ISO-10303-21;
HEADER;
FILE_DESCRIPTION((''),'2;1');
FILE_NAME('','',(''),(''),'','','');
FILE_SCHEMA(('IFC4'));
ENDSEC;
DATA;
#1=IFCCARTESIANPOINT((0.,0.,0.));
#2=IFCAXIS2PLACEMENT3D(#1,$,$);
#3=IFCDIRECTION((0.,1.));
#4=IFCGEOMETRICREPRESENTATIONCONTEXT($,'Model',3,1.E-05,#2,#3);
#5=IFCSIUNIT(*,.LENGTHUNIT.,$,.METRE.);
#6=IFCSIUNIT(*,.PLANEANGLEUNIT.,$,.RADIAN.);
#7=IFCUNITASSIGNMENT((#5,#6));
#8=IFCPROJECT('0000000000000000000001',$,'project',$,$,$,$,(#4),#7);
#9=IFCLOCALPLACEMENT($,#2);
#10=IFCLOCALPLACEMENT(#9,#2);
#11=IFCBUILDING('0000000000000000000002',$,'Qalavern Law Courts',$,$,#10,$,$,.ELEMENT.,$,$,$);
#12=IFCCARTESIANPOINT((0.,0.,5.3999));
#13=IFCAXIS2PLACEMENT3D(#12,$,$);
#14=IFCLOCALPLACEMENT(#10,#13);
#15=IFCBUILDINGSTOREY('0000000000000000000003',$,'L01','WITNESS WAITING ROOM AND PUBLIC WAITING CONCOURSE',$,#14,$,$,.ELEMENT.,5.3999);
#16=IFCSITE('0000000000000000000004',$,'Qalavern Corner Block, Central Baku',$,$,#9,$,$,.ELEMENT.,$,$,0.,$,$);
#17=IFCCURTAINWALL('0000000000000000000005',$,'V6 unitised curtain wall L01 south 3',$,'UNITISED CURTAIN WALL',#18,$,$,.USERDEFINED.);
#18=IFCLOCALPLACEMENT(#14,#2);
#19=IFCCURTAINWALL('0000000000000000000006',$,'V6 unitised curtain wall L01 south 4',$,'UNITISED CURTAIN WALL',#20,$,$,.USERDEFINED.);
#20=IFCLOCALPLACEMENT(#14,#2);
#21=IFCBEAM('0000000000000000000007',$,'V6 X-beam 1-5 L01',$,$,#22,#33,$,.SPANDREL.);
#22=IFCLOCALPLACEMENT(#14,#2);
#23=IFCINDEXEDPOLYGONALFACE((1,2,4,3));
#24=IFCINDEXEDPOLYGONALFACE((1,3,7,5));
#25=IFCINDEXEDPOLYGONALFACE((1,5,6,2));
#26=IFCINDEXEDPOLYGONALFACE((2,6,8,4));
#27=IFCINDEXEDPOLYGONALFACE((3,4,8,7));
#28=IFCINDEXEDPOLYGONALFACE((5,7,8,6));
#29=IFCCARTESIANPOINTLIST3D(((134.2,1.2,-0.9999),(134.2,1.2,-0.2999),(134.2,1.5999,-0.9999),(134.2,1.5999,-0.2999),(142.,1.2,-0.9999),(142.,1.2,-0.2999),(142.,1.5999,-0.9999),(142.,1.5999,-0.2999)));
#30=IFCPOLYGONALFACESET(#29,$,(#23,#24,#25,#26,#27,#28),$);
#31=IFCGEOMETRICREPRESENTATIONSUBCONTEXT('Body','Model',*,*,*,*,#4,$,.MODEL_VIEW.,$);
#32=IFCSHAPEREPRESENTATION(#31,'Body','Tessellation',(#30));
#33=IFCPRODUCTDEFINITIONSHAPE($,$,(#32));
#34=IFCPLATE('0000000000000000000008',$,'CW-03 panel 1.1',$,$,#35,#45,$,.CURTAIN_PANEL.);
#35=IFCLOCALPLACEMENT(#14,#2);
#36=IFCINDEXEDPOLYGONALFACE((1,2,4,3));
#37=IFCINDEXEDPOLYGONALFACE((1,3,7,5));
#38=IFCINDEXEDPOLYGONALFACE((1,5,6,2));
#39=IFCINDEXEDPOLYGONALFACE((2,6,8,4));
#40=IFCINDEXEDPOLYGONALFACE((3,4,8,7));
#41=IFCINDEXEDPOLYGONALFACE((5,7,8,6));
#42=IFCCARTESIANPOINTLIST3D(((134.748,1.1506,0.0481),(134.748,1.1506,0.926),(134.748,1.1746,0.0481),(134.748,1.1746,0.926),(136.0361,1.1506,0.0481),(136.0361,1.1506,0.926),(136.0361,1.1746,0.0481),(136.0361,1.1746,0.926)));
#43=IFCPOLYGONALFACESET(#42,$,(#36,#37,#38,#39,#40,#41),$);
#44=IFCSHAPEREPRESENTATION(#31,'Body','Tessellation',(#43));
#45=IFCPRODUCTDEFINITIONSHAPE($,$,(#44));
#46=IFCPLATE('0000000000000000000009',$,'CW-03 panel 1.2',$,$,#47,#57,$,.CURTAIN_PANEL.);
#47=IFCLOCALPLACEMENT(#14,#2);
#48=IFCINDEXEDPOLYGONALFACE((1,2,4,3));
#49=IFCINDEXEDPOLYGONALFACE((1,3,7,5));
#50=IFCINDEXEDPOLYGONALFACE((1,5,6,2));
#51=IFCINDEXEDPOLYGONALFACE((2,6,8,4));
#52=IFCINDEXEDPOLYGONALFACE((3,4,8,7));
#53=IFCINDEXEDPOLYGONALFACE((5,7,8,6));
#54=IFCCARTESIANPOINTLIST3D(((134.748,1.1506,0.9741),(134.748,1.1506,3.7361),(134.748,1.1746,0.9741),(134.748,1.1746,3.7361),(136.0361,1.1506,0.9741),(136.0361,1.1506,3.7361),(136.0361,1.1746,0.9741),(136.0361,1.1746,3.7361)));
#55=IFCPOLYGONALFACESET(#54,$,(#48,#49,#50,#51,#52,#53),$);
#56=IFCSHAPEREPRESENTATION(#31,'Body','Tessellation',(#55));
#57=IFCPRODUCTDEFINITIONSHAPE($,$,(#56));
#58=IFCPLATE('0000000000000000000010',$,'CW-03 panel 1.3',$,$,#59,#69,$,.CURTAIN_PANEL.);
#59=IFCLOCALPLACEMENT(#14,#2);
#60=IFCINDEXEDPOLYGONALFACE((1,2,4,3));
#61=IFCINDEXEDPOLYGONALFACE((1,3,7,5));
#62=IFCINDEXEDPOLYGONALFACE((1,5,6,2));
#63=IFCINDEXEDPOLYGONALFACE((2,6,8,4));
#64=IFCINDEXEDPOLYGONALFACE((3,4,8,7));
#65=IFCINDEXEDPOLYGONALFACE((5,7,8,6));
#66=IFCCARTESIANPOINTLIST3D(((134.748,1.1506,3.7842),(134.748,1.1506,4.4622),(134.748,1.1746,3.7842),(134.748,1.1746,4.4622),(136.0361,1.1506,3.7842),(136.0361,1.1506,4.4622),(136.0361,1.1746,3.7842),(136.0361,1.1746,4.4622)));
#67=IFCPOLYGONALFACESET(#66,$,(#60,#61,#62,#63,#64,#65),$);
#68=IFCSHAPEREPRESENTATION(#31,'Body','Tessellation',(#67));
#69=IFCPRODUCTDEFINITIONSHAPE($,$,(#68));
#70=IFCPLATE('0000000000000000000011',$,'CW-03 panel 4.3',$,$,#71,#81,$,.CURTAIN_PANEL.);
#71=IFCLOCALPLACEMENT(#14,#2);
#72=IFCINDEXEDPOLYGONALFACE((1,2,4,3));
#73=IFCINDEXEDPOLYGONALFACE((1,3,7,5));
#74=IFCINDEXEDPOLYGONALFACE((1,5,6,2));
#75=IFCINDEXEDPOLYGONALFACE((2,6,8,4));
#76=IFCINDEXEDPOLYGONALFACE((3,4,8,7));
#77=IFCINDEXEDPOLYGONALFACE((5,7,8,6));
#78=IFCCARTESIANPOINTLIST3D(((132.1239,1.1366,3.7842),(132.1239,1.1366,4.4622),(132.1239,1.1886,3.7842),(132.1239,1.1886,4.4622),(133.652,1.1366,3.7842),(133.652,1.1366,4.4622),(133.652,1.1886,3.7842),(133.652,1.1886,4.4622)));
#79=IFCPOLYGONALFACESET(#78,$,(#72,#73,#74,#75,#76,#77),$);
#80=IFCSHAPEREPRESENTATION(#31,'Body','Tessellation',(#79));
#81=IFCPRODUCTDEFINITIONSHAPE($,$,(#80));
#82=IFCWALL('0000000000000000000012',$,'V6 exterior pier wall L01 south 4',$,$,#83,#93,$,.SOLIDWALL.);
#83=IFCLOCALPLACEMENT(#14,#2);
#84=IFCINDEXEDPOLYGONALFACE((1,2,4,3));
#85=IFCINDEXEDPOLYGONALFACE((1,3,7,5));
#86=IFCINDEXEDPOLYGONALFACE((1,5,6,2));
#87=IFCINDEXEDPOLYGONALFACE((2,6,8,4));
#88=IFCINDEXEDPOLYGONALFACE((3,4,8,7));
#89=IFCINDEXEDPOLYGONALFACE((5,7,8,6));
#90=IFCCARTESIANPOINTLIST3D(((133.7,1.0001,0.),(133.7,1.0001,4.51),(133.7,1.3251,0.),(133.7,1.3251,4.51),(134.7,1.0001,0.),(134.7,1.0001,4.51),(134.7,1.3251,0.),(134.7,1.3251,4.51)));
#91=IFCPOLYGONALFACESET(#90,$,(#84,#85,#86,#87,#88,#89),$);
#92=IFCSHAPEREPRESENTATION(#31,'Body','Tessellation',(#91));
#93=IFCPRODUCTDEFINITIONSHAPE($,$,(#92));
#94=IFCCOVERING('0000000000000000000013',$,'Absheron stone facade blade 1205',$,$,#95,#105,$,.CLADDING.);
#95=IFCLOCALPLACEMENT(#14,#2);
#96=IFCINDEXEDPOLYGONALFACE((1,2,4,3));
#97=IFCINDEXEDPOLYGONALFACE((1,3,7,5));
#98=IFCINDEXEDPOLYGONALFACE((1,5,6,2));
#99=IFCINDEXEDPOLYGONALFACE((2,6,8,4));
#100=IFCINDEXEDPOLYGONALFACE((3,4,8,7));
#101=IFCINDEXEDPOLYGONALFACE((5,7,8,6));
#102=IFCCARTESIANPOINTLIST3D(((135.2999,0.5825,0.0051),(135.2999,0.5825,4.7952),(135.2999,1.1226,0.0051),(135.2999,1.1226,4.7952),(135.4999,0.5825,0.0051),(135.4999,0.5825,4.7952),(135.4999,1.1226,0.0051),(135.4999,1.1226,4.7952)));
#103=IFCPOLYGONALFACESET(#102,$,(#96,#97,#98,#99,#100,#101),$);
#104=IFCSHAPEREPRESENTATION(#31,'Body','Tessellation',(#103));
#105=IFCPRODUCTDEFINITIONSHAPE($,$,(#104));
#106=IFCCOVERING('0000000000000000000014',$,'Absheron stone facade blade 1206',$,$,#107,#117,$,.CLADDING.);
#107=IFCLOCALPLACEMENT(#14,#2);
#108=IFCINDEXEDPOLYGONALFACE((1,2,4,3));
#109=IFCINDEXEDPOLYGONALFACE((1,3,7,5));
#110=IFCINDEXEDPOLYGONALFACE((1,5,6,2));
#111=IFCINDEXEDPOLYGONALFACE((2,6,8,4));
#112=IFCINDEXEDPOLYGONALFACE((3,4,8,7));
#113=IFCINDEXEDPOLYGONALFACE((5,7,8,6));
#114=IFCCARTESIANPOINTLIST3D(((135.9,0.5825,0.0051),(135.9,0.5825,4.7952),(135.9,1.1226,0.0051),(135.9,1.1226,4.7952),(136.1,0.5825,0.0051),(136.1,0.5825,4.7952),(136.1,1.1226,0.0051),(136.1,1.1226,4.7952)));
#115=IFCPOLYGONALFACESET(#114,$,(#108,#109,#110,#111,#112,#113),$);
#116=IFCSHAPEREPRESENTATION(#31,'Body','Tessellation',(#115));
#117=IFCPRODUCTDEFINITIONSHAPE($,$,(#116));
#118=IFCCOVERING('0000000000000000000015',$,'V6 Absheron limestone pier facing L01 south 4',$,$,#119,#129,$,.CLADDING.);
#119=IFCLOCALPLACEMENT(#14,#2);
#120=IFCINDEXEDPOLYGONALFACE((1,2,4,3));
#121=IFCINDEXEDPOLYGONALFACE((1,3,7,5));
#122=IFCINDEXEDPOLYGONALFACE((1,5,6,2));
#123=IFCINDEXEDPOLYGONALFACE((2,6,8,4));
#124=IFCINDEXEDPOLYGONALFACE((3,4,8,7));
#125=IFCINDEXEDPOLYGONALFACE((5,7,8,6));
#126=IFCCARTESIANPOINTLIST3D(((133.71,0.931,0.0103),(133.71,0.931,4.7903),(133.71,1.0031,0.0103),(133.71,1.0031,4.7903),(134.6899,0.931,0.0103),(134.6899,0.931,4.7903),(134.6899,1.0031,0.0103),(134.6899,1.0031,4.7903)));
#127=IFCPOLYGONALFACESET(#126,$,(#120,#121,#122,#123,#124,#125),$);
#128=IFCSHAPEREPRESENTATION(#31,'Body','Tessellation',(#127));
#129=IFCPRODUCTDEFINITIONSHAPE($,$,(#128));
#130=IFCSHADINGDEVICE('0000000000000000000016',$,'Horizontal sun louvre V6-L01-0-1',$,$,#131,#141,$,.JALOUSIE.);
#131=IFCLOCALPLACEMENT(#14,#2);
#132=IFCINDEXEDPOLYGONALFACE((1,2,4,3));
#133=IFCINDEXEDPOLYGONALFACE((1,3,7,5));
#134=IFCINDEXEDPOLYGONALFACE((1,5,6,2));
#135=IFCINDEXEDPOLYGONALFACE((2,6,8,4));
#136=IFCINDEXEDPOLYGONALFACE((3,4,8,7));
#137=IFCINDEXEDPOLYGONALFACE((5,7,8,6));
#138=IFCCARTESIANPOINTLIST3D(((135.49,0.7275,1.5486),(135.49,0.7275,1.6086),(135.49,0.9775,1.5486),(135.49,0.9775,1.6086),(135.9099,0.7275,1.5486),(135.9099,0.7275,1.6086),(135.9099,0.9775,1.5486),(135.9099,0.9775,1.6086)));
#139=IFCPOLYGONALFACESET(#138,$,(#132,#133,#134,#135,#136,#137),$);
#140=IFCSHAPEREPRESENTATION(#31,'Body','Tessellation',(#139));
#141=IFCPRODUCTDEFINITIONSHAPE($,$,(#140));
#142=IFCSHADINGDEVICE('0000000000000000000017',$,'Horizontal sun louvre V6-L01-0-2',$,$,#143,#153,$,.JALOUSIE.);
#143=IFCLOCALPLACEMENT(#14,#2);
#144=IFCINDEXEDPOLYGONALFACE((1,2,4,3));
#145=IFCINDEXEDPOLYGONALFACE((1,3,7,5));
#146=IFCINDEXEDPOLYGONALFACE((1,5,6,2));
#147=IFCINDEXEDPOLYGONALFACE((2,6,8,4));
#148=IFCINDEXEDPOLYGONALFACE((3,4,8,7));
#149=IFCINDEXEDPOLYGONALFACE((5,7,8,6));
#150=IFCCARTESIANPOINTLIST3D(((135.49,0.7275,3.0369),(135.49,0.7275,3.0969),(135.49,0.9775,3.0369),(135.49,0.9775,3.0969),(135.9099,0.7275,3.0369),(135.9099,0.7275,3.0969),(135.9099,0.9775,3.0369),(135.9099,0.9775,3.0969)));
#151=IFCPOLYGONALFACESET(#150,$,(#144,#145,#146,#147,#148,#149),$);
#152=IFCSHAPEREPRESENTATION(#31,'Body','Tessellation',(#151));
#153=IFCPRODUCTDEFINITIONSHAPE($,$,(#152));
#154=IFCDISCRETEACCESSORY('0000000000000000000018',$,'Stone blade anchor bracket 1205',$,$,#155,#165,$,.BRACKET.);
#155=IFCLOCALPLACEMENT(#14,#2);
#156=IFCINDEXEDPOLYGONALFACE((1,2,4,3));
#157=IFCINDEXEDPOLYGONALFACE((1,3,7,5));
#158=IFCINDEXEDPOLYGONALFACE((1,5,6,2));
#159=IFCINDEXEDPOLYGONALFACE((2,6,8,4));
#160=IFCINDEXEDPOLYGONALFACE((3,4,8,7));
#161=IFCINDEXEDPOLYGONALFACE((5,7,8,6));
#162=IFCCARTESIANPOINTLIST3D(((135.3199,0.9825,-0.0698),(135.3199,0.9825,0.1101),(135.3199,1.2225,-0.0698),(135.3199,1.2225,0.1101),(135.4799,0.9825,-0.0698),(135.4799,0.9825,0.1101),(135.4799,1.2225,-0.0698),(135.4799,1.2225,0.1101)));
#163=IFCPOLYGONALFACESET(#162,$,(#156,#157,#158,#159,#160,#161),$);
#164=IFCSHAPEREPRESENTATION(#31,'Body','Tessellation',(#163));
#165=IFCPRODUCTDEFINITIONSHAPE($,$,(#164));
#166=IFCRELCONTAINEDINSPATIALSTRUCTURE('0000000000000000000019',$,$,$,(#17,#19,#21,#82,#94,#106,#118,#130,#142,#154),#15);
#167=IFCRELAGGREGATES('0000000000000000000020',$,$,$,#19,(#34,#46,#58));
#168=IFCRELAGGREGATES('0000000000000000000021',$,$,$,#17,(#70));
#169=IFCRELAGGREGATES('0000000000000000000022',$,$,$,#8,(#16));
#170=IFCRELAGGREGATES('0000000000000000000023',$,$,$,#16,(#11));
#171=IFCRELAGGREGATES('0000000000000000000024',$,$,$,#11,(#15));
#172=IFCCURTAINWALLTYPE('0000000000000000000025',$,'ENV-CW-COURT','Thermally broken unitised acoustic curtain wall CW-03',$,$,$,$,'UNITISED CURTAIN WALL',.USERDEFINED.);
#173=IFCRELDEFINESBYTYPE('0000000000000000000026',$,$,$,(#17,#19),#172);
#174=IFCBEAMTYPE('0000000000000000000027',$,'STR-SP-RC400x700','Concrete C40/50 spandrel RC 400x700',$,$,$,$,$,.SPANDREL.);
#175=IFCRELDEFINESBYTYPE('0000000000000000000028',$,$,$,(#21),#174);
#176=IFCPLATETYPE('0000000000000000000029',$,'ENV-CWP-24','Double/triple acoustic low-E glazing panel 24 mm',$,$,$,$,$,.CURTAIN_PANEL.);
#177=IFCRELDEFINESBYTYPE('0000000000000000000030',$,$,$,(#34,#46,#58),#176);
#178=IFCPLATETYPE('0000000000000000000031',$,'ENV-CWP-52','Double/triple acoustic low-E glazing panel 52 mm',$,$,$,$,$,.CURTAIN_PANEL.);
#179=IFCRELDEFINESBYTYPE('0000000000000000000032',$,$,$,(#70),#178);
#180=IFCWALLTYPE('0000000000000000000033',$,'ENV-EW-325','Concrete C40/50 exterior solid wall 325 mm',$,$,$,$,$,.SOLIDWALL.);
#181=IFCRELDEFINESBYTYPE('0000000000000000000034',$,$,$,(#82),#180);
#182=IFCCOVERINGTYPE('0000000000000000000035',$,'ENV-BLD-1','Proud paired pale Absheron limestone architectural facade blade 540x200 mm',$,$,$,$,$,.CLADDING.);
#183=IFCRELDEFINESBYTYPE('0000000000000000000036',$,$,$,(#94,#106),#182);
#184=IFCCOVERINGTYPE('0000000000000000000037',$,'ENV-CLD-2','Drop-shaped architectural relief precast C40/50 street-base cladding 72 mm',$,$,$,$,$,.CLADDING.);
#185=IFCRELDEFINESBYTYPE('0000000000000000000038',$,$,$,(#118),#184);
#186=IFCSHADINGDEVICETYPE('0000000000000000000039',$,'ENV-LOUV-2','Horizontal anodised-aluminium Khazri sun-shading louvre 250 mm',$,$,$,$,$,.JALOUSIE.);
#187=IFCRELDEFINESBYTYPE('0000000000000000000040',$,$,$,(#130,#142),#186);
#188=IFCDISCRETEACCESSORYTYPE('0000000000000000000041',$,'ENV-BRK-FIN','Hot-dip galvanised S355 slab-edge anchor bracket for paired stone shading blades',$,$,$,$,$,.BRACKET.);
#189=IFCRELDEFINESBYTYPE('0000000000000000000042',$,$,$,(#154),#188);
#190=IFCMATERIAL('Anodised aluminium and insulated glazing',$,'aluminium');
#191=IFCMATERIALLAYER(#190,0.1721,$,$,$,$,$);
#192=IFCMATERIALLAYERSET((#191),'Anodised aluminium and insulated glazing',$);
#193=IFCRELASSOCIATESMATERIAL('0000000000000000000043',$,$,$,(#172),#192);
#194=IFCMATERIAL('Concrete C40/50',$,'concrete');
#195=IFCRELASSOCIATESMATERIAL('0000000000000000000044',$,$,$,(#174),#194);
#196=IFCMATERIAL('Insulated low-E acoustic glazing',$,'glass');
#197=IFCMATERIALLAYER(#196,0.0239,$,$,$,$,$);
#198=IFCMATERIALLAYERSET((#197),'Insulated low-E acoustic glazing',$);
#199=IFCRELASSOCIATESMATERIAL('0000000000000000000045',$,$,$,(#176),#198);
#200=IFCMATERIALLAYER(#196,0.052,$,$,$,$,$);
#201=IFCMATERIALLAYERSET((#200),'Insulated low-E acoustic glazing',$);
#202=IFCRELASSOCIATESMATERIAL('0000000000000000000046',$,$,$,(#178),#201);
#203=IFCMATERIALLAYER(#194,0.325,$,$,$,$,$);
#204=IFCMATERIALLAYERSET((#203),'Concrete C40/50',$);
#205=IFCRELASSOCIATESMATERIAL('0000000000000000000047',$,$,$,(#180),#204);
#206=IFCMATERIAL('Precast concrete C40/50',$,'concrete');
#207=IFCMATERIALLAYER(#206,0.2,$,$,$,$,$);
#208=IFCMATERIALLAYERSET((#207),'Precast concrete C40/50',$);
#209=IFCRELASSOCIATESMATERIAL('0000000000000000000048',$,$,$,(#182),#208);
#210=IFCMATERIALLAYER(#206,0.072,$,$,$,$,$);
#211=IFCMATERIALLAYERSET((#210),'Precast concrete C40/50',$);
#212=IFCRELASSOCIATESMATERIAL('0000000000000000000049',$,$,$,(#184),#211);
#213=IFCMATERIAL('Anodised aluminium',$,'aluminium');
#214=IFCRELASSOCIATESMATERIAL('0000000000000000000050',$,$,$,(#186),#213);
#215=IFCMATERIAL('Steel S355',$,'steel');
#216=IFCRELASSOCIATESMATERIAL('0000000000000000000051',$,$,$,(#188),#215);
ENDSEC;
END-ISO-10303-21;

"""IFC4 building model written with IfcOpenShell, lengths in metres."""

from ifc_helpers import new_model, si_unit, direction, frame, frame_2d, origin, origin_2d, place, context, subcontext, project, spatial, rectangle, extrude, material, layer, layer_set, material_profile, profile_set, type_object, element, aggregate, save


model = new_model("IFC4")

# Units and contexts
model_context = context("Model", 3, precision=1e-05, world=origin(), true_north=direction((0.0, 1.0)))
body_context = subcontext(model_context, "Body", "Model", "MODEL_VIEW")
ifc_project = project(units=[si_unit("LENGTHUNIT", "METRE"), si_unit("PLANEANGLEUNIT", "RADIAN")], contexts=[model_context])

# Site, building, storey
site_placement = place(None, origin())
site = spatial("IfcSite", under=ifc_project, at=site_placement, Name="Qalavern Corner Block, Central Baku", CompositionType="ELEMENT", RefElevation=0.0)
building_placement = place(site_placement, origin())
building = spatial("IfcBuilding", under=site, at=building_placement, Name="Qalavern Law Courts", CompositionType="ELEMENT")
storey_placement = place(building_placement, frame((0.0, 0.0, 5.3999)))
storey = spatial("IfcBuildingStorey", under=building, at=storey_placement, Name="L01", Description="WITNESS WAITING ROOM AND PUBLIC WAITING CONCOURSE", CompositionType="ELEMENT", Elevation=5.3999)

# Curtain wall
ifc_material_1 = material(Name="Anodised aluminium and insulated glazing", Category="aluminium")
ifc_layer_1 = layer(ifc_material_1, 0.1721)
ifc_layer_set_1 = layer_set([ifc_layer_1], Name="Anodised aluminium and insulated glazing")
curtain_wall_type = type_object("IfcCurtainWallType", Name="ENV-CW-COURT", Description="Thermally broken unitised acoustic curtain wall CW-03", ElementType="UNITISED CURTAIN WALL", PredefinedType="USERDEFINED", material=ifc_layer_set_1)
curtain_wall_1_placement = place(storey_placement, origin())
curtain_wall_1 = element("IfcCurtainWall", 1, at=curtain_wall_1_placement, inside=storey, type_object=curtain_wall_type, Name="V6 unitised curtain wall L01 south 3", ObjectType="UNITISED CURTAIN WALL", PredefinedType="USERDEFINED")
ifc_material_2 = material(Name="Anodised aluminium", Category="aluminium")

# Curtain wall
curtain_wall_2_placement = place(storey_placement, origin())
curtain_wall_2 = element("IfcCurtainWall", 2, at=curtain_wall_2_placement, inside=storey, type_object=curtain_wall_type, Name="V6 unitised curtain wall L01 south 4", ObjectType="UNITISED CURTAIN WALL", PredefinedType="USERDEFINED")

# Beam
ifc_material_3 = material(Name="Concrete C40/50", Category="concrete")
ifc_material_4 = material(Name="Steel S355", Category="steel")
ifc_material_profile_1 = material_profile(ifc_material_3, rectangle(XDim=0.3999, YDim=0.7, at=origin_2d()), Name="RC 400x700")
ifc_profile_set_1 = profile_set([ifc_material_profile_1], Name="Concrete C40/50")
beam_type_1 = type_object("IfcBeamType", Name="STR-SP-RC400x700", Description="Concrete C40/50 spandrel RC 400x700", PredefinedType="SPANDREL", material=ifc_profile_set_1)
beam_1_placement = place(storey_placement, frame((134.2, 1.3999, -0.6499), z_axis=(1.0, 0.0, 0.0), x_axis=(0.0, 1.0, 0.0)))
element("IfcBeam", 3, at=beam_1_placement, inside=storey, type_object=beam_type_1, Name="V6 X-beam 1-5 L01", PredefinedType="SPANDREL", context=body_context, shape_type="SweptSolid", body=[
    extrude(rectangle(XDim=0.3999, YDim=0.7, at=origin_2d()), origin(), (0.0, 0.0, 1.0), 7.8),
])

# Plates
ifc_material_5 = material(Name="Insulated low-E acoustic glazing", Category="glass")
ifc_layer_2 = layer(ifc_material_5, 0.0239)
ifc_layer_set_2 = layer_set([ifc_layer_2], Name="Insulated low-E acoustic glazing")
plate_type_1 = type_object("IfcPlateType", Name="ENV-CWP-24", Description="Double/triple acoustic low-E glazing panel 24 mm", PredefinedType="CURTAIN_PANEL", material=ifc_layer_set_2)
plate_1_placement = place(storey_placement, frame((135.3921, 1.1626, 0.0481), z_axis=(0.0, 0.0, 1.0), x_axis=(1.0, 0.0, 0.0)))
plate_1 = element("IfcPlate", 4, at=plate_1_placement, type_object=plate_type_1, Name="CW-03 panel 1.1", PredefinedType="CURTAIN_PANEL", context=body_context, shape_type="SweptSolid", body=[
    extrude(rectangle(XDim=1.2881, YDim=0.0239, at=origin_2d()), origin(), (0.0, 0.0, 1.0), 0.8779),
])
plate_2_placement = place(storey_placement, frame((135.3921, 1.1626, 0.9741), z_axis=(0.0, 0.0, 1.0), x_axis=(1.0, 0.0, 0.0)))
plate_2 = element("IfcPlate", 5, at=plate_2_placement, type_object=plate_type_1, Name="CW-03 panel 1.2", PredefinedType="CURTAIN_PANEL", context=body_context, shape_type="SweptSolid", body=[
    extrude(rectangle(XDim=1.2881, YDim=0.0239, at=origin_2d()), origin(), (0.0, 0.0, 1.0), 2.762),
])
plate_3_placement = place(storey_placement, frame((135.3921, 1.1626, 3.7842), z_axis=(0.0, 0.0, 1.0), x_axis=(1.0, 0.0, 0.0)))
plate_3 = element("IfcPlate", 6, at=plate_3_placement, type_object=plate_type_1, Name="CW-03 panel 1.3", PredefinedType="CURTAIN_PANEL", context=body_context, shape_type="SweptSolid", body=[
    extrude(rectangle(XDim=1.2881, YDim=0.0239, at=origin_2d()), origin(), (0.0, 0.0, 1.0), 0.678),
])
aggregate(curtain_wall_2, [plate_1, plate_2, plate_3])
ifc_layer_3 = layer(ifc_material_5, 0.052)
ifc_layer_set_3 = layer_set([ifc_layer_3], Name="Insulated low-E acoustic glazing")
plate_type_2 = type_object("IfcPlateType", Name="ENV-CWP-52", Description="Double/triple acoustic low-E glazing panel 52 mm", PredefinedType="CURTAIN_PANEL", material=ifc_layer_set_3)
plate_4_placement = place(storey_placement, frame((132.8879, 1.1626, 3.7842), z_axis=(0.0, 0.0, 1.0), x_axis=(1.0, 0.0, 0.0)))
plate_4 = element("IfcPlate", 7, at=plate_4_placement, type_object=plate_type_2, Name="CW-03 panel 4.3", PredefinedType="CURTAIN_PANEL", context=body_context, shape_type="SweptSolid", body=[
    extrude(rectangle(XDim=1.5281, YDim=0.052, at=origin_2d()), origin(), (0.0, 0.0, 1.0), 0.678),
])
aggregate(curtain_wall_1, [plate_4])

# Wall
ifc_layer_4 = layer(ifc_material_3, 0.325)
ifc_layer_set_4 = layer_set([ifc_layer_4], Name="Concrete C40/50")
wall_type = type_object("IfcWallType", Name="ENV-EW-325", Description="Concrete C40/50 exterior solid wall 325 mm", PredefinedType="SOLIDWALL", material=ifc_layer_set_4)
wall_placement = place(storey_placement, frame((133.7, 1.1626, 0.0), z_axis=(0.0, 0.0, 1.0), x_axis=(1.0, 0.0, 0.0)))
element("IfcWall", 8, at=wall_placement, inside=storey, type_object=wall_type, Name="V6 exterior pier wall L01 south 4", PredefinedType="SOLIDWALL", context=body_context, shape_type="SweptSolid", body=[
    extrude(rectangle(XDim=1.0, YDim=0.325, at=frame_2d((0.5, 0.0))), origin(), (0.0, 0.0, 1.0), 4.51),
])

# Coverings
ifc_material_6 = material(Name="Precast concrete C40/50", Category="concrete")
ifc_layer_5 = layer(ifc_material_6, 0.2)
ifc_layer_set_5 = layer_set([ifc_layer_5], Name="Precast concrete C40/50")
covering_type_1 = type_object("IfcCoveringType", Name="ENV-BLD-1", Description="Proud paired pale Absheron limestone architectural facade blade 540x200 mm", PredefinedType="CLADDING", material=ifc_layer_set_5)
for number, where, z_axis, x_axis, name in (
    (9, (135.3999, 0.8525, 0.0051), (0.0, 0.0, 1.0), (0.0, -1.0, 0.0), "Absheron stone facade blade 1205"),
    (10, (136.0, 0.8525, 0.0051), (0.0, 0.0, 1.0), (0.0, -1.0, 0.0), "Absheron stone facade blade 1206"),
):
    element("IfcCovering", number, at=place(storey_placement, frame(where, z_axis=z_axis, x_axis=x_axis)), inside=storey, type_object=covering_type_1, Name=name, PredefinedType="CLADDING", context=body_context, shape_type="SweptSolid", body=[
        extrude(rectangle(XDim=0.54, YDim=0.2, at=origin_2d()), origin(), (0.0, 0.0, 1.0), 4.79),
    ])
ifc_layer_6 = layer(ifc_material_6, 0.072)
ifc_layer_set_6 = layer_set([ifc_layer_6], Name="Precast concrete C40/50")
covering_type_2 = type_object("IfcCoveringType", Name="ENV-CLD-2", Description="Drop-shaped architectural relief precast C40/50 street-base cladding 72 mm", PredefinedType="CLADDING", material=ifc_layer_set_6)
covering_placement = place(storey_placement, frame((134.2, 0.967, 0.0103), z_axis=(0.0, 0.0, 1.0), x_axis=(1.0, 0.0, 0.0)))
element("IfcCovering", 11, at=covering_placement, inside=storey, type_object=covering_type_2, Name="V6 Absheron limestone pier facing L01 south 4", PredefinedType="CLADDING", context=body_context, shape_type="SweptSolid", body=[
    extrude(rectangle(XDim=0.98, YDim=0.072, at=origin_2d()), origin(), (0.0, 0.0, 1.0), 4.78),
])

# Shading devices
shading_device_type = type_object("IfcShadingDeviceType", Name="ENV-LOUV-2", Description="Horizontal anodised-aluminium Khazri sun-shading louvre 250 mm", PredefinedType="JALOUSIE", material=ifc_material_2)
for number, where, z_axis, x_axis, name in (
    (12, (135.7, 0.8525, 1.5486), (0.0, 0.0, 1.0), (1.0, 0.0, 0.0), "Horizontal sun louvre V6-L01-0-1"),
    (13, (135.7, 0.8525, 3.0369), (0.0, 0.0, 1.0), (1.0, 0.0, 0.0), "Horizontal sun louvre V6-L01-0-2"),
):
    element("IfcShadingDevice", number, at=place(storey_placement, frame(where, z_axis=z_axis, x_axis=x_axis)), inside=storey, type_object=shading_device_type, Name=name, PredefinedType="JALOUSIE", context=body_context, shape_type="SweptSolid", body=[
        extrude(rectangle(XDim=0.4199, YDim=0.25, at=origin_2d()), origin(), (0.0, 0.0, 1.0), 0.0601),
    ])

# Discrete accessory
discrete_accessory_type = type_object("IfcDiscreteAccessoryType", Name="ENV-BRK-FIN", Description="Hot-dip galvanised S355 slab-edge anchor bracket for paired stone shading blades", PredefinedType="BRACKET", material=ifc_material_4)
discrete_accessory_placement = place(storey_placement, frame((135.3999, 1.1025, -0.0698), z_axis=(0.0, 0.0, 1.0), x_axis=(0.0, -1.0, 0.0)))
element("IfcDiscreteAccessory", 14, at=discrete_accessory_placement, inside=storey, type_object=discrete_accessory_type, Name="Stone blade anchor bracket 1205", PredefinedType="BRACKET", context=body_context, shape_type="SweptSolid", body=[
    extrude(rectangle(XDim=0.24, YDim=0.1599, at=origin_2d()), origin(), (0.0, 0.0, 1.0), 0.1799),
])

save(model, "model.ifc")
